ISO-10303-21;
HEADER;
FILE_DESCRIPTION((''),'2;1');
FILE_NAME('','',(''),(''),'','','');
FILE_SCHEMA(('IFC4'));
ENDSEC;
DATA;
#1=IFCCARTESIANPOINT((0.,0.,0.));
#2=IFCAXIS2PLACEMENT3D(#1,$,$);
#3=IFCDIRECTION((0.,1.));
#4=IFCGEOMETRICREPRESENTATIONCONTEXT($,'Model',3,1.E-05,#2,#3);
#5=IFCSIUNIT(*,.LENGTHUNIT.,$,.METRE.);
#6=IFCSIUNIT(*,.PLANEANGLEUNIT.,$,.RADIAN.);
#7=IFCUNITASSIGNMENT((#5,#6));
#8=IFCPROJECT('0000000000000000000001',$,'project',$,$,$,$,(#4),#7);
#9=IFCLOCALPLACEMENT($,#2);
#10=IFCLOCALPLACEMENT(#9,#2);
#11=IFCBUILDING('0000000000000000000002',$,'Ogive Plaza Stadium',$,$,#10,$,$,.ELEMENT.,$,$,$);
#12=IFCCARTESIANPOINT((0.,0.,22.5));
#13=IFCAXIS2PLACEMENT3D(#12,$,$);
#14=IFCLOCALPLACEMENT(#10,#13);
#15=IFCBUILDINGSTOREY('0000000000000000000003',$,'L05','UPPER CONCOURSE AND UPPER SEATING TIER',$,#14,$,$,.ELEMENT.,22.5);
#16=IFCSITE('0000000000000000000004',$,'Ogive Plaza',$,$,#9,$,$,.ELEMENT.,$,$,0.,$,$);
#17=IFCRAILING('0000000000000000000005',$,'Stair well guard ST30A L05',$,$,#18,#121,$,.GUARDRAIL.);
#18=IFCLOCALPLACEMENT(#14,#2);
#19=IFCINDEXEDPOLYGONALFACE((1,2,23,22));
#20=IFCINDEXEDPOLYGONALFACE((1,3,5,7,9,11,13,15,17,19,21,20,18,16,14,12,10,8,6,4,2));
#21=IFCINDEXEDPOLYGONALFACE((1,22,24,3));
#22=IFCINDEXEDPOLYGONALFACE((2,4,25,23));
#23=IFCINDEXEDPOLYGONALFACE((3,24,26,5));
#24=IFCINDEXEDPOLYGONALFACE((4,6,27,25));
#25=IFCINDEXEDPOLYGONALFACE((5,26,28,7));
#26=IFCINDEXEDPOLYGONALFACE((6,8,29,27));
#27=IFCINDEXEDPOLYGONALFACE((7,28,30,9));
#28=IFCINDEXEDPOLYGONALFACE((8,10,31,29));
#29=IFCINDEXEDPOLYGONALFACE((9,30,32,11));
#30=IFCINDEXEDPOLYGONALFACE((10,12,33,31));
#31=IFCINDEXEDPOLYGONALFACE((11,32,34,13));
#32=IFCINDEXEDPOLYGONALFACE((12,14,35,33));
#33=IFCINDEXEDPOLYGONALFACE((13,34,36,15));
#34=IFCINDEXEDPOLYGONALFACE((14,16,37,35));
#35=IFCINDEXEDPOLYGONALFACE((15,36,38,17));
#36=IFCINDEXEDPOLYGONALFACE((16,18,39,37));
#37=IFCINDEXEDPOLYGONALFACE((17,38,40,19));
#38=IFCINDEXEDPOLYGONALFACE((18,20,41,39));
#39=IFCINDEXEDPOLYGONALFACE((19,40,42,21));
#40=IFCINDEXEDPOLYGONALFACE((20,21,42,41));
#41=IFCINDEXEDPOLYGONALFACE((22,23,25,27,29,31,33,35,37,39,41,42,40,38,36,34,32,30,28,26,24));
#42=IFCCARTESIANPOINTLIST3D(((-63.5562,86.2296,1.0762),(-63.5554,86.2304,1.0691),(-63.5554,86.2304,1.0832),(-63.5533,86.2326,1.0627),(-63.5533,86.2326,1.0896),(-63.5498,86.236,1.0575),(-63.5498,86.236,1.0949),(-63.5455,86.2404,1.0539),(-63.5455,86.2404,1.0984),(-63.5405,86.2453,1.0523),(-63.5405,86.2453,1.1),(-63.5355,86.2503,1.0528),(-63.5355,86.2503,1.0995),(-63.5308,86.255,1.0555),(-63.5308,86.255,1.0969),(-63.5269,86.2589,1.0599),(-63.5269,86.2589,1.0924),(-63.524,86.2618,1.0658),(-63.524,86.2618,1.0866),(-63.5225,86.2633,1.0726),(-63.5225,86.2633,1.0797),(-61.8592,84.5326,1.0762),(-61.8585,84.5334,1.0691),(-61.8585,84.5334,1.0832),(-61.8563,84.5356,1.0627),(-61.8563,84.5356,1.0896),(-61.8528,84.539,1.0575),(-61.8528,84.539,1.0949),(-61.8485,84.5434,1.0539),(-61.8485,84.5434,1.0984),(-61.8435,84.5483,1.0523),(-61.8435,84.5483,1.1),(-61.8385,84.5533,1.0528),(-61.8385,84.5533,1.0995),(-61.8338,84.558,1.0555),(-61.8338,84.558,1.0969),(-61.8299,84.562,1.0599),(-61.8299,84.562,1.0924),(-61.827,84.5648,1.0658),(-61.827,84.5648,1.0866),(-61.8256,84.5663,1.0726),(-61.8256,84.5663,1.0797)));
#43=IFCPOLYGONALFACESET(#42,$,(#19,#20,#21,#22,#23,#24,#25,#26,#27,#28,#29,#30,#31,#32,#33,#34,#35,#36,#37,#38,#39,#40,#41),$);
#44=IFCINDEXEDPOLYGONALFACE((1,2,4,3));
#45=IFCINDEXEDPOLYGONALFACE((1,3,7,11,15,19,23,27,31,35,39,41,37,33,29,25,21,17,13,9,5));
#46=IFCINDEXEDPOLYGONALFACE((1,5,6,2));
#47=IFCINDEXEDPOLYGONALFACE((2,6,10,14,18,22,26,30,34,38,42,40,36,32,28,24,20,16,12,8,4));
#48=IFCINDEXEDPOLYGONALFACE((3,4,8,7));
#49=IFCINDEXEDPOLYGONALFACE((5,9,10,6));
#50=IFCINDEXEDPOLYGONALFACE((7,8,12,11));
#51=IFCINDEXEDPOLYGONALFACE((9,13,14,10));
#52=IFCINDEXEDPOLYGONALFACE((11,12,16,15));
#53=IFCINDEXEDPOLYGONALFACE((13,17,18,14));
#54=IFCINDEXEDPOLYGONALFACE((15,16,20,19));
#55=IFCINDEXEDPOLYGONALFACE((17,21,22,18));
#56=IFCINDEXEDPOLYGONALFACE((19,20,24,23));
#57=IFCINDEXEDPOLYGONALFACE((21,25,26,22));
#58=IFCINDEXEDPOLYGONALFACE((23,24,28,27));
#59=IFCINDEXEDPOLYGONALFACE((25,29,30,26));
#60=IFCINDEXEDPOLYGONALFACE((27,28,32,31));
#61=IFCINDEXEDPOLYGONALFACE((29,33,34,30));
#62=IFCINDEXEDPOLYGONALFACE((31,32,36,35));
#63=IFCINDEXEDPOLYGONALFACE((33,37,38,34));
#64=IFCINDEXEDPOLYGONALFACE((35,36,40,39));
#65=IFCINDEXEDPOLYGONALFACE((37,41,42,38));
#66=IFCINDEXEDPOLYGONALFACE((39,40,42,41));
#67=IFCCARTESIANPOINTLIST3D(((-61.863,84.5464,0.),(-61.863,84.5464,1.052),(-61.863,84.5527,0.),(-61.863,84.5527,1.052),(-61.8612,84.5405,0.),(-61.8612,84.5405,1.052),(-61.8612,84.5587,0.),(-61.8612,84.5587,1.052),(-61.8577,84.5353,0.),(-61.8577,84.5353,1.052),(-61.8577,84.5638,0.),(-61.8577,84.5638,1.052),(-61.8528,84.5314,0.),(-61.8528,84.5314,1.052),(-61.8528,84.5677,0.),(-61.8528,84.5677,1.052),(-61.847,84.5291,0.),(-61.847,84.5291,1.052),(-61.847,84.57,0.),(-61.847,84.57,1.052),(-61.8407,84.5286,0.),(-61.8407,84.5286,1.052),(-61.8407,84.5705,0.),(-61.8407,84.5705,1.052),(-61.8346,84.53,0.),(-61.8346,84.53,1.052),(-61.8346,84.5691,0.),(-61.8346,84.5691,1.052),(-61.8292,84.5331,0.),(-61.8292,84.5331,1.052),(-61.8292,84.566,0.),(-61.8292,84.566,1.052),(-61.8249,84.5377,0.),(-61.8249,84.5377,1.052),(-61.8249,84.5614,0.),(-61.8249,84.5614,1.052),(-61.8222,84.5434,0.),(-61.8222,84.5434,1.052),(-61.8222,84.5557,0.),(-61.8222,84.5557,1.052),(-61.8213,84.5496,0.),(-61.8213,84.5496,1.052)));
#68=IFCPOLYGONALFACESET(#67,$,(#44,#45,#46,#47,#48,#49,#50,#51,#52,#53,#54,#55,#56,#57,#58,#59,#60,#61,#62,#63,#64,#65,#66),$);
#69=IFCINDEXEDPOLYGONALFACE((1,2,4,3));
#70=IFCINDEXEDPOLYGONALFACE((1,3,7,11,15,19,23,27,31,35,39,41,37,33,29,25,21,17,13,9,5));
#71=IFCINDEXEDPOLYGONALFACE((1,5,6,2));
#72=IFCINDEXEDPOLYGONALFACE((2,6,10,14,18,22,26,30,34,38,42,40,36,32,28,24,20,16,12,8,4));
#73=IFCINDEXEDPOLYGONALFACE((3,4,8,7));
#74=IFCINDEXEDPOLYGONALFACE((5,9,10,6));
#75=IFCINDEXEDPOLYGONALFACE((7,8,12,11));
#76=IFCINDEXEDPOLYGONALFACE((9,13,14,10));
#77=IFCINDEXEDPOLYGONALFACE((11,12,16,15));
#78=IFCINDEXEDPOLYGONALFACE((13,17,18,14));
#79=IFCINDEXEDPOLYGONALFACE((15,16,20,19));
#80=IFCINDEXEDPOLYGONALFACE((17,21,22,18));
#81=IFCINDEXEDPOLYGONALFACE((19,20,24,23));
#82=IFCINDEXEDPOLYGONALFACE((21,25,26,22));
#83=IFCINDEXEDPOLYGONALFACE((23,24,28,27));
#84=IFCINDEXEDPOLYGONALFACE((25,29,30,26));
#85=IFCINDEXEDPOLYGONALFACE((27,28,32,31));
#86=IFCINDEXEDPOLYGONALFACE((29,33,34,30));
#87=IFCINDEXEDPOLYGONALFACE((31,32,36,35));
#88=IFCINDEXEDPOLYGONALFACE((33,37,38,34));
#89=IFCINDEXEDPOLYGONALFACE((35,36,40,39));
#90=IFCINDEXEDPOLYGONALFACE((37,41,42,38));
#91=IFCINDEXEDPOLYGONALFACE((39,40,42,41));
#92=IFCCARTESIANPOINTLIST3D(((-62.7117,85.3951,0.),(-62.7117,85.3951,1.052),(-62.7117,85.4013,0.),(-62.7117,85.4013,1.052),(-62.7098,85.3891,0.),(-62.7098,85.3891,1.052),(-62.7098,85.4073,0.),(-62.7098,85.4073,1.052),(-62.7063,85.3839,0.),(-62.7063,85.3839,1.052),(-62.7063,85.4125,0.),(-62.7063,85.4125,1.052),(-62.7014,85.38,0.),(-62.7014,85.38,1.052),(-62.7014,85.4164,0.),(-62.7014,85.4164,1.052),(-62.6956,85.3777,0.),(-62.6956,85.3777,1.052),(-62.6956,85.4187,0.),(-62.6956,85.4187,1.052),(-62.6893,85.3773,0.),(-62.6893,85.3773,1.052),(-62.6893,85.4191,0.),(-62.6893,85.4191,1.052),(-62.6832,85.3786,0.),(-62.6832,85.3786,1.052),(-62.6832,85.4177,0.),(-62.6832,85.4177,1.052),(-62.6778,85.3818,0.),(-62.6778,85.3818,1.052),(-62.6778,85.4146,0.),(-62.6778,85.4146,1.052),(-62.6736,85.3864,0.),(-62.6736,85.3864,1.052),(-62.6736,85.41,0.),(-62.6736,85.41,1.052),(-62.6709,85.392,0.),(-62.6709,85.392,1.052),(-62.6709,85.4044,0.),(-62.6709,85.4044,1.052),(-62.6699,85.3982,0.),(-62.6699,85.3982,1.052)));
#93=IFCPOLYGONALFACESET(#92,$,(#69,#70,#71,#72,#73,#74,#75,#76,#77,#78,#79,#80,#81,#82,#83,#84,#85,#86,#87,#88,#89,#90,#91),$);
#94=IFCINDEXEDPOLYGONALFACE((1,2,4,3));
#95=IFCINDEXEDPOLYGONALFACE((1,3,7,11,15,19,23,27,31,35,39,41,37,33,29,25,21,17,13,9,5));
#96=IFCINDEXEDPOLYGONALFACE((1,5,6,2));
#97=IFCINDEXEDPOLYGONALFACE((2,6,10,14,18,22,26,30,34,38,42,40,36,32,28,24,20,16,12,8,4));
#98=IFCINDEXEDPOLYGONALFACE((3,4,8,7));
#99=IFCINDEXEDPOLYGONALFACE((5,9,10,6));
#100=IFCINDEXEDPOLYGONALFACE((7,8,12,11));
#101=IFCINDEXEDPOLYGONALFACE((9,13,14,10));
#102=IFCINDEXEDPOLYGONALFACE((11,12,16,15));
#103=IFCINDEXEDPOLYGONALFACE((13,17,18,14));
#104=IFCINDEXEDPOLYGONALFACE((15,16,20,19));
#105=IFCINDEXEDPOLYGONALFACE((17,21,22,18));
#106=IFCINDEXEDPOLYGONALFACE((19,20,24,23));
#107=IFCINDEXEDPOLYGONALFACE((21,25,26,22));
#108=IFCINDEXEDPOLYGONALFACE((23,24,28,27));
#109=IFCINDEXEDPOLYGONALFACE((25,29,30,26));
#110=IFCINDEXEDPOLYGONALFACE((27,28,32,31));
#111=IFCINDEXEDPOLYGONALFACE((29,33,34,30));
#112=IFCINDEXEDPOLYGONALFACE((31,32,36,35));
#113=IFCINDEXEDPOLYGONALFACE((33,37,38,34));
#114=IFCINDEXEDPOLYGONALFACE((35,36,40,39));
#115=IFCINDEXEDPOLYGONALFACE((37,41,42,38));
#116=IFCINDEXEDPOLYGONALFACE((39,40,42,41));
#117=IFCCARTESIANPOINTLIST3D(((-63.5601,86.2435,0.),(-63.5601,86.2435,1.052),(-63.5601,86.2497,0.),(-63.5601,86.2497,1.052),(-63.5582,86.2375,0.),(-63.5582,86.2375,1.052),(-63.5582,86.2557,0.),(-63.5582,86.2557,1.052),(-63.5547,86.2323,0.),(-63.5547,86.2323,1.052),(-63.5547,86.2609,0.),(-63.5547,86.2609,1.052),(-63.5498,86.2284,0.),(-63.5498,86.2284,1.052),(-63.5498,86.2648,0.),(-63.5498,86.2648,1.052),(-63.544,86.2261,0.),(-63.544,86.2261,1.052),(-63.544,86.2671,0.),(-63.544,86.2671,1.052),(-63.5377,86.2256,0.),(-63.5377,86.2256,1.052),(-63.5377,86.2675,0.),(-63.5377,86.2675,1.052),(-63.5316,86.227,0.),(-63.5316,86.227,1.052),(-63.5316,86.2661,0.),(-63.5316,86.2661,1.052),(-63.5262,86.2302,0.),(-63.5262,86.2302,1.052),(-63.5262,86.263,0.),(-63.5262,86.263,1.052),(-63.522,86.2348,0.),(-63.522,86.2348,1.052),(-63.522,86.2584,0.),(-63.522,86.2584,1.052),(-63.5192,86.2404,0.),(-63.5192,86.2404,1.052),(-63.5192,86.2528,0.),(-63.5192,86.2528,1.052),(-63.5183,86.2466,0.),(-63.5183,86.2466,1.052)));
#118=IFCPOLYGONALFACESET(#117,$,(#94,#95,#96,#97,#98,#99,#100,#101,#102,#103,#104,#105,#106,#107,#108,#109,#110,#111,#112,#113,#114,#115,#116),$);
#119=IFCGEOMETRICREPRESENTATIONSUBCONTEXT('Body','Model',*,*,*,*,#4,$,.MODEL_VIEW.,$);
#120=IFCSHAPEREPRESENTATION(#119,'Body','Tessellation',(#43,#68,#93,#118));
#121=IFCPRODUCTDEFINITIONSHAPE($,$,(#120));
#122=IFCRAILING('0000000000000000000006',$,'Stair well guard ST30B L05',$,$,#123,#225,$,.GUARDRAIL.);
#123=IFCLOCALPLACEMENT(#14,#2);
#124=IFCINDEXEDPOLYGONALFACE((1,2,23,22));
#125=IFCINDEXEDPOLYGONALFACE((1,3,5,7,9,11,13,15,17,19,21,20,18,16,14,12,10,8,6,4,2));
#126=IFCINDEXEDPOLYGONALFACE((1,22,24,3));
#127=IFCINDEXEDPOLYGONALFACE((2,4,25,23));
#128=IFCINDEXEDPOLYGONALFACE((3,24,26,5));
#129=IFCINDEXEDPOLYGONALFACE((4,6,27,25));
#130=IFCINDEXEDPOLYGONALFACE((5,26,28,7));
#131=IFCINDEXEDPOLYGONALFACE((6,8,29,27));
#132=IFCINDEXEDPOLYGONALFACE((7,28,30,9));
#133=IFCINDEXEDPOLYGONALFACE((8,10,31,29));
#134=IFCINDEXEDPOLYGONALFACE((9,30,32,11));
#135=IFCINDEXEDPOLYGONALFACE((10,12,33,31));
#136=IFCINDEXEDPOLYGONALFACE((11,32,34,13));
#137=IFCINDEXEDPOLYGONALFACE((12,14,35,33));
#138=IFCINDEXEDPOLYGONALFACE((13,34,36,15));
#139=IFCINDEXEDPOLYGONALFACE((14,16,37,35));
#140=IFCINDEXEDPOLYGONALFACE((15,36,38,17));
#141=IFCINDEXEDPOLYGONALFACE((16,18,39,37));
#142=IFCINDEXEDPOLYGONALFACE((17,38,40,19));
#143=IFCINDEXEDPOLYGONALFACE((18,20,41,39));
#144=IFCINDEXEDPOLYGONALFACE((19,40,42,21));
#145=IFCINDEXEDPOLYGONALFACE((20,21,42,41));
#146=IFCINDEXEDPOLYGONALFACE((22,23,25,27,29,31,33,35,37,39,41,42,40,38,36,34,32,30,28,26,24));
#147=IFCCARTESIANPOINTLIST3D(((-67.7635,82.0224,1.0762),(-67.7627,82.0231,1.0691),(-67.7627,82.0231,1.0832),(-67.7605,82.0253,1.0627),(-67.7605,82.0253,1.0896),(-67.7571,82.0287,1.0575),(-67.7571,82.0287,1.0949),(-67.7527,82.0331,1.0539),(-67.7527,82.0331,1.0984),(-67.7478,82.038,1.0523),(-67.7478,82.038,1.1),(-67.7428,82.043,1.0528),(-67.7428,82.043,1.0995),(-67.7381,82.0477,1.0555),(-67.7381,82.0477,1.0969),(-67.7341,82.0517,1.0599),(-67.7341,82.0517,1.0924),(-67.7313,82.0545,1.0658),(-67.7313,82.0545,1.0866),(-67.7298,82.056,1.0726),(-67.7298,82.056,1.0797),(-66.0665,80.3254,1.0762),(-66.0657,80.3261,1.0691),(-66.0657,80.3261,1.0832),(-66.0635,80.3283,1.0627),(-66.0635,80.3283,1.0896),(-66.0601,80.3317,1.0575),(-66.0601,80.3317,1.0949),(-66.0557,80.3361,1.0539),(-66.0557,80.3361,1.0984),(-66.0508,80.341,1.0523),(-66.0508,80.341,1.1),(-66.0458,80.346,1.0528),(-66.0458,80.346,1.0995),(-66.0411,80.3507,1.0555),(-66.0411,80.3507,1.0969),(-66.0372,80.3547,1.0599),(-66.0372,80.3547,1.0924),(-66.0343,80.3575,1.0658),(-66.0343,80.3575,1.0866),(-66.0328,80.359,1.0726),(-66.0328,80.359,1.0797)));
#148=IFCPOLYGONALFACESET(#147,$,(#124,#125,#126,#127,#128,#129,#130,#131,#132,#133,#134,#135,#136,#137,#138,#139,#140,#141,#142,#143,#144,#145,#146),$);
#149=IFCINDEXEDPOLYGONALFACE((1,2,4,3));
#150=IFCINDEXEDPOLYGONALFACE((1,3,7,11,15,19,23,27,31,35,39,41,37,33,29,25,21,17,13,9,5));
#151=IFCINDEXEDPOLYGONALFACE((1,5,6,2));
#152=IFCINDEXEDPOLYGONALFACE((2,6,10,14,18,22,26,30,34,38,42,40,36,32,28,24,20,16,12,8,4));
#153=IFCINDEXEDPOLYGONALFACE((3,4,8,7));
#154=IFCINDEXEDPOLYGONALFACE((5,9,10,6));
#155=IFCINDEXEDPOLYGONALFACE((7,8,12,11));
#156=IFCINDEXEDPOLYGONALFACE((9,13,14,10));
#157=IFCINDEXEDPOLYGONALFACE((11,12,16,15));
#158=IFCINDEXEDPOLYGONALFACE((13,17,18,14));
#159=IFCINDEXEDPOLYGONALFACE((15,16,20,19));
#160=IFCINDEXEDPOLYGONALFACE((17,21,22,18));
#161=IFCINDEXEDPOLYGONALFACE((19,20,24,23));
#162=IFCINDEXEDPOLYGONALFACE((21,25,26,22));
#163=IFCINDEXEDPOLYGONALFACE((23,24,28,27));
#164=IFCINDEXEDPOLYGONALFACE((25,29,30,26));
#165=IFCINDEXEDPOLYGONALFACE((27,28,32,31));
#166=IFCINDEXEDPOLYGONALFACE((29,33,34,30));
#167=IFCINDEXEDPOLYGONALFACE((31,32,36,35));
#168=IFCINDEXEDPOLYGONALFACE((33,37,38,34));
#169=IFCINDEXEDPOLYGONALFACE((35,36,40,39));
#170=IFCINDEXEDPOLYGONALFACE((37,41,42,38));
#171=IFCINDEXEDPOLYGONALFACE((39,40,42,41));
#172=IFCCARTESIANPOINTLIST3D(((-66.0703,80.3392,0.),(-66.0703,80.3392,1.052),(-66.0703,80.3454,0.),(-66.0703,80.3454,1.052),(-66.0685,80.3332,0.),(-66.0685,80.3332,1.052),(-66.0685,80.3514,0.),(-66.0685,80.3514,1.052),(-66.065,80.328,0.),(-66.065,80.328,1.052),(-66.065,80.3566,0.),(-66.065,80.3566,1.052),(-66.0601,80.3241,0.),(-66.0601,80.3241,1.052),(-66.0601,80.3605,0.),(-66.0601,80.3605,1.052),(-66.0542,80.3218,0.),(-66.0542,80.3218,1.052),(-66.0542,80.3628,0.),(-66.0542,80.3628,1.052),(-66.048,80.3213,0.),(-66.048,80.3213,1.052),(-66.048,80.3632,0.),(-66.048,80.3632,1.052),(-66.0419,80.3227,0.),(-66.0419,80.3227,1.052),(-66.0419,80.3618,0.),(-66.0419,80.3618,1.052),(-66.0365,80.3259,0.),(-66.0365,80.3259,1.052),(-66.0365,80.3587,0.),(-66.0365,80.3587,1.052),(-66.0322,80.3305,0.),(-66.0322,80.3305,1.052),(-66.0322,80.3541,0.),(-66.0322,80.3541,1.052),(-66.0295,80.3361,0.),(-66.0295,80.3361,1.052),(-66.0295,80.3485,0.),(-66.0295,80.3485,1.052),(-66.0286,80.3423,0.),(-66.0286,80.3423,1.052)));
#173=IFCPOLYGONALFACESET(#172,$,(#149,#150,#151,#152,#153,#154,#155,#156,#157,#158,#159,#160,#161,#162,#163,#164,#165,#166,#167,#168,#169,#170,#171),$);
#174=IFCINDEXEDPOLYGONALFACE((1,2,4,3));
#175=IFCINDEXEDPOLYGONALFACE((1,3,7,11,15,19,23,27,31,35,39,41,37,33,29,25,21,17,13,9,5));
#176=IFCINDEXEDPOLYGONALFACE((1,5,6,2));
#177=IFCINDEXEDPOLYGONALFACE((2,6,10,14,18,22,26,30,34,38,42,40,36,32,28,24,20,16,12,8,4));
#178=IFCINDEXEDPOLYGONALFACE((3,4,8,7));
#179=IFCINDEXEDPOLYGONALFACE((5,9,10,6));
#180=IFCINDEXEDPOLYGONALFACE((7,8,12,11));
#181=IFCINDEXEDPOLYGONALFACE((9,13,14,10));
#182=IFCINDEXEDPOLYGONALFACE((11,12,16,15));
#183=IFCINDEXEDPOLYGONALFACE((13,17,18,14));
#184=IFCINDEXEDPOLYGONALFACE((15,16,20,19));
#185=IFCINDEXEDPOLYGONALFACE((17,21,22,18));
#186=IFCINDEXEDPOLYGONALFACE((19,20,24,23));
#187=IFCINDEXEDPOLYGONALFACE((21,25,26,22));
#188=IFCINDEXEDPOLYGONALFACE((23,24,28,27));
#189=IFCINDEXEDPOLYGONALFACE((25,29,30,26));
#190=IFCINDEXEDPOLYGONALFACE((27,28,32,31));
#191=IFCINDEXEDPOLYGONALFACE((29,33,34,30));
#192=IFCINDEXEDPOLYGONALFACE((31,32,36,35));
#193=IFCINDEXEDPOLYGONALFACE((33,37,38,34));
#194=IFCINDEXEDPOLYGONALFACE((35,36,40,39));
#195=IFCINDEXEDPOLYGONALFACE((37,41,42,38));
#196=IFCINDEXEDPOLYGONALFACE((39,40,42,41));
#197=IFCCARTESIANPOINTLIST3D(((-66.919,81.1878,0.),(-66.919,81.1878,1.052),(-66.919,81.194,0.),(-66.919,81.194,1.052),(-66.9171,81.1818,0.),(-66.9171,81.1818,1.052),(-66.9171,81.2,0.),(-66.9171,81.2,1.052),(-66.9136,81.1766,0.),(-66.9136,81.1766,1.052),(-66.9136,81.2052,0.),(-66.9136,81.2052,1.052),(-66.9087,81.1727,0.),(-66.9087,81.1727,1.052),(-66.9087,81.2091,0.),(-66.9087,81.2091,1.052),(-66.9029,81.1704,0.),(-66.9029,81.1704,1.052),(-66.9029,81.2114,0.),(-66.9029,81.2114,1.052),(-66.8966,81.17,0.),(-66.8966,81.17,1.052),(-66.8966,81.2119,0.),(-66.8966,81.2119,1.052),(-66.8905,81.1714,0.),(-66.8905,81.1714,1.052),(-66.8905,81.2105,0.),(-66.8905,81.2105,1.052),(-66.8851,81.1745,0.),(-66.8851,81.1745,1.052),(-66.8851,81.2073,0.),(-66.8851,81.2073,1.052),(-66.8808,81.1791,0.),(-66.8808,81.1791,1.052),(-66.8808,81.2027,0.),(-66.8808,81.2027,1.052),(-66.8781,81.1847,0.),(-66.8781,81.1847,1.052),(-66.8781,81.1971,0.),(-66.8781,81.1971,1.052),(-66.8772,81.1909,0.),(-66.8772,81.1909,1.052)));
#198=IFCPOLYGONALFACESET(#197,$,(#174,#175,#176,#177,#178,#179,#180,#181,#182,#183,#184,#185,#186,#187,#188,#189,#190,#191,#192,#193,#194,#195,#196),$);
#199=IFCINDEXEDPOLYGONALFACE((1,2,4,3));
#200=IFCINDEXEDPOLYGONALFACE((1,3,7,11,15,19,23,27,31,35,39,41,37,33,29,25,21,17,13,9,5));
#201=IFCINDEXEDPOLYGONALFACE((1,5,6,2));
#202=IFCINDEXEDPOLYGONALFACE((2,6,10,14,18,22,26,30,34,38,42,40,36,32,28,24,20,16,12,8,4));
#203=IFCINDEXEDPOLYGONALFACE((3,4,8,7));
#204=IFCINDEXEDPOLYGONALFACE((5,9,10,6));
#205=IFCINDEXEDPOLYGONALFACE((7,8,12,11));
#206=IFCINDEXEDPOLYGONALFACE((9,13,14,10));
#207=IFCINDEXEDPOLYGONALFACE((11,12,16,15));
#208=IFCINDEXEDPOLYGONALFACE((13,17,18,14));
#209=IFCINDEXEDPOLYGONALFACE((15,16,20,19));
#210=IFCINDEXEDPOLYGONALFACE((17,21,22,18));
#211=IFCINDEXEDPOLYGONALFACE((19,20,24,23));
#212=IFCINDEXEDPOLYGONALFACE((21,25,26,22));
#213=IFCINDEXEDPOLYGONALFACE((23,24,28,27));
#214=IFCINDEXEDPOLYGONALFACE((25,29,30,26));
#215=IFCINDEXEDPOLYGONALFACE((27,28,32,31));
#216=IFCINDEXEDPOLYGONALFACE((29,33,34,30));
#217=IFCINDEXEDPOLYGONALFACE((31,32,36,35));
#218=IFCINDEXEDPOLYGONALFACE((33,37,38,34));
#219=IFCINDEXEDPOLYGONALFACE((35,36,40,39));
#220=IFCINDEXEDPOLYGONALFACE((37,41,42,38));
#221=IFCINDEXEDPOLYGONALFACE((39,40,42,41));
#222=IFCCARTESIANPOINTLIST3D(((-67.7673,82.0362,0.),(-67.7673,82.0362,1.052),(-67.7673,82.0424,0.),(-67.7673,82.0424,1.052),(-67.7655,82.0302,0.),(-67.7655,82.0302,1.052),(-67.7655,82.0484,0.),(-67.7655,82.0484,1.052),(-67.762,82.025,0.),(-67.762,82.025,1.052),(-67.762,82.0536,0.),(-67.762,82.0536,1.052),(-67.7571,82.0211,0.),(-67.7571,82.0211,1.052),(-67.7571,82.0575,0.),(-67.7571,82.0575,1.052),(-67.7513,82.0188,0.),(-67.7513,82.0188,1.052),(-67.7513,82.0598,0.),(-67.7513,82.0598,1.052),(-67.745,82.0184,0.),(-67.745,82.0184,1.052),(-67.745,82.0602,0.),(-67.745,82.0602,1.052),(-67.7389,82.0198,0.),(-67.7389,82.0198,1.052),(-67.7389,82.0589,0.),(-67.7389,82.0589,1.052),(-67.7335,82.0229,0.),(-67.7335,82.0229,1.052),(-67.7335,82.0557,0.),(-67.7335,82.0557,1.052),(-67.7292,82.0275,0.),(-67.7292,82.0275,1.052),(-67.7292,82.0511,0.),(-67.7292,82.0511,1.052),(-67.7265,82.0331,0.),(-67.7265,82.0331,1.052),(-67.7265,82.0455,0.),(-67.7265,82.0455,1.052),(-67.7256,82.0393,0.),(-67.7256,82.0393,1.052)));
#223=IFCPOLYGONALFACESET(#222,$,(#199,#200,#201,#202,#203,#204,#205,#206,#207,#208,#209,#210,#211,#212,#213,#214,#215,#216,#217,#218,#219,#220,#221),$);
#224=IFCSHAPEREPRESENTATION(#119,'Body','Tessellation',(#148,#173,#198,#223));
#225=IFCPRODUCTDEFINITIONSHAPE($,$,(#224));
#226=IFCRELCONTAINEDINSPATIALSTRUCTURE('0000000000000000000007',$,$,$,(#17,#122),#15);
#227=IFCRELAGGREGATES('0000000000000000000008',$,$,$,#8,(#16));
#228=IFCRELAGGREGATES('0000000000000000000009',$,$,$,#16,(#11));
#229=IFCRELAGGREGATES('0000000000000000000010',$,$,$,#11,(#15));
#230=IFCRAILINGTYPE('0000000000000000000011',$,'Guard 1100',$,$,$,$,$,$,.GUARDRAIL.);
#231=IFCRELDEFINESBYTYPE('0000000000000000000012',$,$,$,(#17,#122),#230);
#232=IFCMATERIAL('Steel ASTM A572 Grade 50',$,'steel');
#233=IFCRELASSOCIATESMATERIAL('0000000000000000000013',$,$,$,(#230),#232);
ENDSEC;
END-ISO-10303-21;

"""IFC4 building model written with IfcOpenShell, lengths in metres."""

from ifc_helpers import new_model, si_unit, direction, frame, origin, origin_2d, place, context, subcontext, project, spatial, circle, extrude, material, type_object, element, save


model = new_model("IFC4")

# Units and contexts
model_context = context("Model", 3, precision=1e-05, world=origin(), true_north=direction((0.0, 1.0)))
body_context = subcontext(model_context, "Body", "Model", "MODEL_VIEW")
ifc_project = project(units=[si_unit("LENGTHUNIT", "METRE"), si_unit("PLANEANGLEUNIT", "RADIAN")], contexts=[model_context])

# Site, building, storey
site_placement = place(None, origin())
site = spatial("IfcSite", under=ifc_project, at=site_placement, Name="Ogive Plaza", CompositionType="ELEMENT", RefElevation=0.0)
building_placement = place(site_placement, origin())
building = spatial("IfcBuilding", under=site, at=building_placement, Name="Ogive Plaza Stadium", CompositionType="ELEMENT")
storey_placement = place(building_placement, frame((0.0, 0.0, 22.5)))
storey = spatial("IfcBuildingStorey", under=building, at=storey_placement, Name="L05", Description="UPPER CONCOURSE AND UPPER SEATING TIER", CompositionType="ELEMENT", Elevation=22.5)

# Railings
ifc_material_1 = material(Name="Steel ASTM A572 Grade 50", Category="steel")
railing_type = type_object("IfcRailingType", Name="Guard 1100", PredefinedType="GUARDRAIL", material=ifc_material_1)
for number, where, name in (
    (1, (-61.8423, 84.5496, 0.0), "Stair well guard ST30A L05"),
    (2, (-66.0496, 80.3423, 0.0), "Stair well guard ST30B L05"),
):
    element("IfcRailing", number, at=place(storey_placement, frame(where)), inside=storey, type_object=railing_type, Name=name, PredefinedType="GUARDRAIL", context=body_context, shape_type="SweptSolid", body=[
        extrude(circle(Radius=0.0239, at=origin_2d()), frame((0.0, 0.0, 1.0762), z_axis=(-0.707107, 0.707107, 0.0), x_axis=(-0.707107, -0.707107, 0.0)), (0.0, 0.0, 1.0), 2.3999),
        extrude(circle(Radius=0.021, at=origin_2d()), origin(), (0.0, 0.0, 1.0), 1.052),
        extrude(circle(Radius=0.021, at=origin_2d()), frame((-0.8486, 0.8486, 0.0)), (0.0, 0.0, 1.0), 1.052),
        extrude(circle(Radius=0.021, at=origin_2d()), frame((-1.697, 1.697, 0.0)), (0.0, 0.0, 1.0), 1.052),
    ])

save(model, "model.ifc")
